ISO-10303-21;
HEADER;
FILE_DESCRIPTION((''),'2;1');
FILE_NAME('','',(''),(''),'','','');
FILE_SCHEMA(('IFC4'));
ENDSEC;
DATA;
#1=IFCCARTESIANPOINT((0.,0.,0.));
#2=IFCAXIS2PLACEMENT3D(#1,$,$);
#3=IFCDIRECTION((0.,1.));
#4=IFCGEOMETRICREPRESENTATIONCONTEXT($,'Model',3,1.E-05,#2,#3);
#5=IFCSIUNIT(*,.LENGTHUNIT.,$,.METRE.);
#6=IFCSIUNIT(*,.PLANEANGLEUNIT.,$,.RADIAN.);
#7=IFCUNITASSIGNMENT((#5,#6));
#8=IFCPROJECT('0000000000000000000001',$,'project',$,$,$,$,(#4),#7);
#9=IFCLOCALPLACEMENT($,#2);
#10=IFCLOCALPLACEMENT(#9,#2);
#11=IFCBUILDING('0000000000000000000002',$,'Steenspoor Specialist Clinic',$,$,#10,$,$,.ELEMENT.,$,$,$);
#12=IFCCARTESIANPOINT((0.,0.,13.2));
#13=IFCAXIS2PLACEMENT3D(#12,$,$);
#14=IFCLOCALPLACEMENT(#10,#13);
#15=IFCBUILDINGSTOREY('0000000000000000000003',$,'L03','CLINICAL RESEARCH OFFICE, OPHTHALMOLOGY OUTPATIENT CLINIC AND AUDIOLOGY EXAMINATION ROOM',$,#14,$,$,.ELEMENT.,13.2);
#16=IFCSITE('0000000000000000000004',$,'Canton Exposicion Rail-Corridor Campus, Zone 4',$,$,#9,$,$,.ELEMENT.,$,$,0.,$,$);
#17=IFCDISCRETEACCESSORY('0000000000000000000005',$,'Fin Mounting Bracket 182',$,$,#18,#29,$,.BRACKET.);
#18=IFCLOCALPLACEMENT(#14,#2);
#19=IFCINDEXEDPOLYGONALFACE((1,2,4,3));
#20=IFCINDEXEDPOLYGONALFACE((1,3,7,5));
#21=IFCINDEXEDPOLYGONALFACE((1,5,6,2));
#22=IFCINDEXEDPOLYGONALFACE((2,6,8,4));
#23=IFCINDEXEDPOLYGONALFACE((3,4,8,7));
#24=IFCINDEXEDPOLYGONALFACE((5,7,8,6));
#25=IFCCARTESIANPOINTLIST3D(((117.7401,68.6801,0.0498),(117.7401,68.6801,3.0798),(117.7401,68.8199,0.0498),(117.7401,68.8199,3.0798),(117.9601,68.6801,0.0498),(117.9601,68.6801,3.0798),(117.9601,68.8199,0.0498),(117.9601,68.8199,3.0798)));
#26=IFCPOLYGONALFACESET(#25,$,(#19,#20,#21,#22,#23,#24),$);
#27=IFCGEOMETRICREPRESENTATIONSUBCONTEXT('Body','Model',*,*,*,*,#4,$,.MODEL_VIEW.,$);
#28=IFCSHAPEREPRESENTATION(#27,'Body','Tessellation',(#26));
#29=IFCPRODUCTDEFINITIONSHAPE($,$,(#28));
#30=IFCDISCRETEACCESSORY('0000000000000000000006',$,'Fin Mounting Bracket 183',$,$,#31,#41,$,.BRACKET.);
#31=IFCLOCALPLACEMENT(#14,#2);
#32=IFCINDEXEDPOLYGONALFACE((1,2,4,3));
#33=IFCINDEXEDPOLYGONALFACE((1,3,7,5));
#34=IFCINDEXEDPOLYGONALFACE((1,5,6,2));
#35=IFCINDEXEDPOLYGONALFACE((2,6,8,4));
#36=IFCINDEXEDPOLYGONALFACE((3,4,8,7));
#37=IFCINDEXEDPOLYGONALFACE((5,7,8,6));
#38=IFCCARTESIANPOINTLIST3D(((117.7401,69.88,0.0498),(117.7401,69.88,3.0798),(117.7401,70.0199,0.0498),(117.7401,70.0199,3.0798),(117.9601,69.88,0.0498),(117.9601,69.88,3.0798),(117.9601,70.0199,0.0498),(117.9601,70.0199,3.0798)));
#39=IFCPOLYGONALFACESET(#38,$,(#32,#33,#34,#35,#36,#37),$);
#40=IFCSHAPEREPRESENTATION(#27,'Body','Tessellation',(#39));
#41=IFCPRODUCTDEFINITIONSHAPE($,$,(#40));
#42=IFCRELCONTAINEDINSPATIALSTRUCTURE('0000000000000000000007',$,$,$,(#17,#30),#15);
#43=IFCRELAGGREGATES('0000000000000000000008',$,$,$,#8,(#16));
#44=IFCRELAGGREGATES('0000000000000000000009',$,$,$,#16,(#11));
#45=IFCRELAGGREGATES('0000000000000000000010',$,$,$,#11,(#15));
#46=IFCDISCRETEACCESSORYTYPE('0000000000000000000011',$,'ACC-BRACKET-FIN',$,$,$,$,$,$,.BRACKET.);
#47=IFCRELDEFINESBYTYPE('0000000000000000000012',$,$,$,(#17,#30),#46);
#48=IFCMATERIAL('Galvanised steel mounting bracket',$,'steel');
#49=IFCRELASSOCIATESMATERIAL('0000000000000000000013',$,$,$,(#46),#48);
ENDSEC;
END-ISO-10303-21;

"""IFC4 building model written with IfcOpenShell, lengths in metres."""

from ifc_helpers import new_model, si_unit, direction, frame, origin, origin_2d, place, context, subcontext, project, spatial, rectangle, extrude, material, type_object, element, save


model = new_model("IFC4")

# Units and contexts
model_context = context("Model", 3, precision=1e-05, world=origin(), true_north=direction((0.0, 1.0)))
body_context = subcontext(model_context, "Body", "Model", "MODEL_VIEW")
ifc_project = project(units=[si_unit("LENGTHUNIT", "METRE"), si_unit("PLANEANGLEUNIT", "RADIAN")], contexts=[model_context])

# Site, building, storey
site_placement = place(None, origin())
site = spatial("IfcSite", under=ifc_project, at=site_placement, Name="Canton Exposicion Rail-Corridor Campus, Zone 4", CompositionType="ELEMENT", RefElevation=0.0)
building_placement = place(site_placement, origin())
building = spatial("IfcBuilding", under=site, at=building_placement, Name="Steenspoor Specialist Clinic", CompositionType="ELEMENT")
storey_placement = place(building_placement, frame((0.0, 0.0, 13.2)))
storey = spatial("IfcBuildingStorey", under=building, at=storey_placement, Name="L03", Description="CLINICAL RESEARCH OFFICE, OPHTHALMOLOGY OUTPATIENT CLINIC AND AUDIOLOGY EXAMINATION ROOM", CompositionType="ELEMENT", Elevation=13.2)

# Discrete accessories
ifc_material_1 = material(Name="Galvanised steel mounting bracket", Category="steel")
discrete_accessory_type = type_object("IfcDiscreteAccessoryType", Name="ACC-BRACKET-FIN", PredefinedType="BRACKET", material=ifc_material_1)
for number, where, z_axis, x_axis, name in (
    (1, (117.8501, 68.75, 0.0498), (0.0, 0.0, 1.0), (-1.0, 0.0, 0.0), "Fin Mounting Bracket 182"),
    (2, (117.8501, 69.95, 0.0498), (0.0, 0.0, 1.0), (-1.0, 0.0, 0.0), "Fin Mounting Bracket 183"),
):
    element("IfcDiscreteAccessory", number, at=place(storey_placement, frame(where, z_axis=z_axis, x_axis=x_axis)), inside=storey, type_object=discrete_accessory_type, Name=name, PredefinedType="BRACKET", context=body_context, shape_type="SweptSolid", body=[
        extrude(rectangle(XDim=0.22, YDim=0.1399, at=origin_2d()), origin(), (0.0, 0.0, 1.0), 3.03),
    ])

save(model, "model.ifc")
